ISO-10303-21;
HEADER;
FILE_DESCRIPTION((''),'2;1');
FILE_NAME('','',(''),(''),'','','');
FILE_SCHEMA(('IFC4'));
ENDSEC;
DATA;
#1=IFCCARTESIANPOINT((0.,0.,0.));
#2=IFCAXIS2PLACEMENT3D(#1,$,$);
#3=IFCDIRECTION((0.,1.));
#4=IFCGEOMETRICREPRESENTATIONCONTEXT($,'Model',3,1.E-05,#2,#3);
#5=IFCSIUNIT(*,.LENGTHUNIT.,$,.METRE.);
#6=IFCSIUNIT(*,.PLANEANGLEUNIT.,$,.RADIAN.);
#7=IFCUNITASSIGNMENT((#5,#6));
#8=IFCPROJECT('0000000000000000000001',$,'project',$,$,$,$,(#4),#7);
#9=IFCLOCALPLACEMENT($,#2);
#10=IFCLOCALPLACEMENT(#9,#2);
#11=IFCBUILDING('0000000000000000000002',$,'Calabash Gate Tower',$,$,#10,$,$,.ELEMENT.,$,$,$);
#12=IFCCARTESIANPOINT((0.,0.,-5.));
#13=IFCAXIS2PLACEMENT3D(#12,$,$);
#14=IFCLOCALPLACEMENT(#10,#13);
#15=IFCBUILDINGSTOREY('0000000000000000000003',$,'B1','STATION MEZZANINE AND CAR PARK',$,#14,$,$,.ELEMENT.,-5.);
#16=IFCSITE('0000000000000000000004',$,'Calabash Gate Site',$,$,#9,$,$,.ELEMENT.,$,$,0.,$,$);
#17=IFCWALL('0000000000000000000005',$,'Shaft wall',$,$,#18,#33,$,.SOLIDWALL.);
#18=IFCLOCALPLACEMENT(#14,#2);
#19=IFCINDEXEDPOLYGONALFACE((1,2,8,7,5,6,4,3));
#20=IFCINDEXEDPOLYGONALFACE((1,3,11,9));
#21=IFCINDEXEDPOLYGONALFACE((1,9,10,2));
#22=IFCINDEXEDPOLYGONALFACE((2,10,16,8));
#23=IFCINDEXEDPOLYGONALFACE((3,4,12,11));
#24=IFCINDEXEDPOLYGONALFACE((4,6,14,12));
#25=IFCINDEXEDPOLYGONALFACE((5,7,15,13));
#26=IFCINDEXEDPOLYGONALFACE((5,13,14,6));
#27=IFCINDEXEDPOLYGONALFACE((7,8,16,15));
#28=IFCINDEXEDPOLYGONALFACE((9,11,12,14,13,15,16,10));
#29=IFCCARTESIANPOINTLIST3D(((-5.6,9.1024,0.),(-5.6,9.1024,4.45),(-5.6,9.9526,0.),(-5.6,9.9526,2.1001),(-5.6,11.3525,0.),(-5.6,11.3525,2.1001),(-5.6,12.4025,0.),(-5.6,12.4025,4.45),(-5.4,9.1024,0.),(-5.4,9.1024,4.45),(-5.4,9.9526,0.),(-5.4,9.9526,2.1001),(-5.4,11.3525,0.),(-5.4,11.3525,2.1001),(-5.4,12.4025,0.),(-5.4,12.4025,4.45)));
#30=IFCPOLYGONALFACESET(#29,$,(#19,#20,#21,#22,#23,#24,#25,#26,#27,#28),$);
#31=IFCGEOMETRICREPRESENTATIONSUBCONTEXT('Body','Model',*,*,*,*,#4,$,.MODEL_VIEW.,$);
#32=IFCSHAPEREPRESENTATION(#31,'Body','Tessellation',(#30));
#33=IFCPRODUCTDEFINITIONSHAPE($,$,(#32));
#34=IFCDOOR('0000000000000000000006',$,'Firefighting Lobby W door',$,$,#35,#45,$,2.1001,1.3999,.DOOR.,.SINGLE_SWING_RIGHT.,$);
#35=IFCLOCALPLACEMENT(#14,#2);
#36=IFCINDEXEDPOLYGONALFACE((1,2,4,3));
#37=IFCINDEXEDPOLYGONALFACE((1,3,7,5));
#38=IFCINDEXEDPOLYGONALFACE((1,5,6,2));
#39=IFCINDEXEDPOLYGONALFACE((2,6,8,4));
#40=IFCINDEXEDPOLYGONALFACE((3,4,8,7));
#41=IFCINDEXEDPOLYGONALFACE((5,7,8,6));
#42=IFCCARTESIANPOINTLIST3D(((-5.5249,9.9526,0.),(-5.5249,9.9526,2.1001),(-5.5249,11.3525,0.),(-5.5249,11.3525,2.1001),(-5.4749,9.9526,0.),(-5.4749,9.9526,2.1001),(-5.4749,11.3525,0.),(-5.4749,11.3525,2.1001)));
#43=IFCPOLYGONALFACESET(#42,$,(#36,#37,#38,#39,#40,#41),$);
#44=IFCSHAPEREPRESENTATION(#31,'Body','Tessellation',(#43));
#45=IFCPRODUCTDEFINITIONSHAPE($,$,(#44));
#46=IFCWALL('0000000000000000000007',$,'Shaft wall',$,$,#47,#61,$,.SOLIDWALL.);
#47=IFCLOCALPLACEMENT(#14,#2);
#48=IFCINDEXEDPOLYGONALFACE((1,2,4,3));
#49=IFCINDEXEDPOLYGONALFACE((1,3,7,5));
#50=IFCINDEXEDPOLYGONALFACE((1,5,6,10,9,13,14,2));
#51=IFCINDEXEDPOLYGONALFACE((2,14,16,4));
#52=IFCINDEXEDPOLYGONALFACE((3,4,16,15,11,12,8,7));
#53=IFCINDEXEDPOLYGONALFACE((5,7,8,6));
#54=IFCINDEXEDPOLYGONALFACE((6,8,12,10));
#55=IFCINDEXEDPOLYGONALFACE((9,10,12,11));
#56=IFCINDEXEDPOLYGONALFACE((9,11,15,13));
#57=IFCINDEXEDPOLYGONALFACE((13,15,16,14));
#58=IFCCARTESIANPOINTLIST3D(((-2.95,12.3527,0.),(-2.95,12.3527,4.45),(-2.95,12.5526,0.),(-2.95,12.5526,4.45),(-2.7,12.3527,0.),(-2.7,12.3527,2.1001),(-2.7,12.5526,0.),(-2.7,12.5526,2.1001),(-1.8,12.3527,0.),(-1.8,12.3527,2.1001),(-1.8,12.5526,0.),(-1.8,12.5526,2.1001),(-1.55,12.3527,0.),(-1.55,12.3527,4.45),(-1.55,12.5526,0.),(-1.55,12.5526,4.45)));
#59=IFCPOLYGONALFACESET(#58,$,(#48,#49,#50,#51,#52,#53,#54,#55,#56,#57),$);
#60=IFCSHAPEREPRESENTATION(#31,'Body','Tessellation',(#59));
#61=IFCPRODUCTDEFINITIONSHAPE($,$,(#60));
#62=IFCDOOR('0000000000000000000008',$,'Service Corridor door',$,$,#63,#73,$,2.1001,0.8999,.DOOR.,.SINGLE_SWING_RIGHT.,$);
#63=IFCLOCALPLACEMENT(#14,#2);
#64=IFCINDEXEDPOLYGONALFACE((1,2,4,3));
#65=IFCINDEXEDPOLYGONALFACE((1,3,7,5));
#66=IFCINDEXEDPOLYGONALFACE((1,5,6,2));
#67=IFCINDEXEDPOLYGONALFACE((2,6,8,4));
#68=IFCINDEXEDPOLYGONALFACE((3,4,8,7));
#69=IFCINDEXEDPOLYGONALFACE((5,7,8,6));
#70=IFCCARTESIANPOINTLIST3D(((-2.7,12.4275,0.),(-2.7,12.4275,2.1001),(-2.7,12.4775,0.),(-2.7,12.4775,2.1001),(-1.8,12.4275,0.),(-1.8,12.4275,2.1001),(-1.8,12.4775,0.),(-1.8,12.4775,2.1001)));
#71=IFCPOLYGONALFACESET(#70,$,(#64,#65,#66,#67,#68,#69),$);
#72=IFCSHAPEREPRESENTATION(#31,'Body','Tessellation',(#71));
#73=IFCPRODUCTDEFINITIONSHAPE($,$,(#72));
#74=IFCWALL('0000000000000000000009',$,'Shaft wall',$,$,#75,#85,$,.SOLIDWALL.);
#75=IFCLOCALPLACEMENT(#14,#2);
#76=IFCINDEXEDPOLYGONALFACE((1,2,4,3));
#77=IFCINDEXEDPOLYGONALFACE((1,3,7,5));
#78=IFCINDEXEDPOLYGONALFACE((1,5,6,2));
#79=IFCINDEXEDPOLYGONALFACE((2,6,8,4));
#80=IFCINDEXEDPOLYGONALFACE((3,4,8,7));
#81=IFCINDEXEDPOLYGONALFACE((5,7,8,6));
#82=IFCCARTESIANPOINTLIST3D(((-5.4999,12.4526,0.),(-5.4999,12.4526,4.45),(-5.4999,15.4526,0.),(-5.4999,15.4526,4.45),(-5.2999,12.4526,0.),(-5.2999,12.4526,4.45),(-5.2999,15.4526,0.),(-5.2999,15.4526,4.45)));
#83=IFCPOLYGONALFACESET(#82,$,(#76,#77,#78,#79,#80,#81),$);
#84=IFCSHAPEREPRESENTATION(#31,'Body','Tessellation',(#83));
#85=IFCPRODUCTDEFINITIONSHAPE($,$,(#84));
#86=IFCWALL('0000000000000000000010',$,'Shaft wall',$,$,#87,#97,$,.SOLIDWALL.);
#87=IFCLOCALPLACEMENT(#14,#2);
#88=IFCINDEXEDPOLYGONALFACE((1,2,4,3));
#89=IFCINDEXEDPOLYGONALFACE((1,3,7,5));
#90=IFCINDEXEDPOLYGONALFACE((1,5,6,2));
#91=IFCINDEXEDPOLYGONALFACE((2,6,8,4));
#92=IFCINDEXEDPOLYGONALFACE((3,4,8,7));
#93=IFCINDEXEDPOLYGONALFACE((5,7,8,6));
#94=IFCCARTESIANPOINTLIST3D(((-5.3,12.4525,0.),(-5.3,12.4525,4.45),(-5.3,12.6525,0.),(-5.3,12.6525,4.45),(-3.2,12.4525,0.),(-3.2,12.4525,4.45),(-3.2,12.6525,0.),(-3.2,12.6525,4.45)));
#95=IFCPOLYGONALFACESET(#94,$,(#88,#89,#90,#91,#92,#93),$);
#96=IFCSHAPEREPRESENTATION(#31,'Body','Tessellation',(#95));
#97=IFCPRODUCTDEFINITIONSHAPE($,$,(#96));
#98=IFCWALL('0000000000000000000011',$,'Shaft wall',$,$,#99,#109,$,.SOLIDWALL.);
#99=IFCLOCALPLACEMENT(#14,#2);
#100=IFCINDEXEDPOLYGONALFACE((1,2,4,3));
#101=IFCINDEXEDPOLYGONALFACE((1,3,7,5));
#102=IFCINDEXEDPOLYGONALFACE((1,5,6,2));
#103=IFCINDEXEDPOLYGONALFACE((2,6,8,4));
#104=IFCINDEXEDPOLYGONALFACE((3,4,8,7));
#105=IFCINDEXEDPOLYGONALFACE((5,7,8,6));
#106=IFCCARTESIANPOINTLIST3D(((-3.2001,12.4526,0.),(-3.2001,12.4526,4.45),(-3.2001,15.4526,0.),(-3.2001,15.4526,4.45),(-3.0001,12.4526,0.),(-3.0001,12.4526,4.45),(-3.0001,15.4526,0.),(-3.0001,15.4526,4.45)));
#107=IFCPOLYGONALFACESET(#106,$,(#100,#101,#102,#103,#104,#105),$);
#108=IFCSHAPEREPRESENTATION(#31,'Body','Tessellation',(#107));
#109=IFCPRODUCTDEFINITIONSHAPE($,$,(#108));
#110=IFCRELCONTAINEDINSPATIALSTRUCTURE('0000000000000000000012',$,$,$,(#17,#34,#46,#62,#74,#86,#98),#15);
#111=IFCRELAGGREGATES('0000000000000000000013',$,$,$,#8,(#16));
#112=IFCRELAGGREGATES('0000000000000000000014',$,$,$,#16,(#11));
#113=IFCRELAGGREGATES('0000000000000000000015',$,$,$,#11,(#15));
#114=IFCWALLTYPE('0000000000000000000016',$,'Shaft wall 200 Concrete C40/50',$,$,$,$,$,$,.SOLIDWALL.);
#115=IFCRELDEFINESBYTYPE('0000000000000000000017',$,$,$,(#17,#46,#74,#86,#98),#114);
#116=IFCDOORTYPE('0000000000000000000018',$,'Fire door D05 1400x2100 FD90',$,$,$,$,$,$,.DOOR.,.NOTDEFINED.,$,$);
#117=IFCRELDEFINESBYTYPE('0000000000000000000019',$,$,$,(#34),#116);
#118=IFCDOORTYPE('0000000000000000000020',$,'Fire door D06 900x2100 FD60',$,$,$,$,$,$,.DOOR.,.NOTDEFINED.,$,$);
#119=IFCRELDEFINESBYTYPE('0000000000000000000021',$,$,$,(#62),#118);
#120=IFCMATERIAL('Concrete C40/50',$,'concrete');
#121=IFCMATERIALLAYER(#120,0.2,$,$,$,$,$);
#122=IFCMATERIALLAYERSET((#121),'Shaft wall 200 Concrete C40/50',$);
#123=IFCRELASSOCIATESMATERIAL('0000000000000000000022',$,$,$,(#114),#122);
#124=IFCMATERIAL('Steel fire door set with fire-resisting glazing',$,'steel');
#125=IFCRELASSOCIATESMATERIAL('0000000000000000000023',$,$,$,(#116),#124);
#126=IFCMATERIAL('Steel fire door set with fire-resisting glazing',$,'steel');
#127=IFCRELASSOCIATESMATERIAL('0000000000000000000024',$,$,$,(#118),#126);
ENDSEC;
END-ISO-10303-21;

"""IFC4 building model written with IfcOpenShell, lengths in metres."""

from ifc_helpers import new_model, si_unit, direction, frame, frame_2d, origin, place, context, subcontext, project, spatial, rectangle, extrude, material, layer, layer_set, type_object, element, fill, save


model = new_model("IFC4")

# Units and contexts
model_context = context("Model", 3, precision=1e-05, world=origin(), true_north=direction((0.0, 1.0)))
body_context = subcontext(model_context, "Body", "Model", "MODEL_VIEW")
ifc_project = project(units=[si_unit("LENGTHUNIT", "METRE"), si_unit("PLANEANGLEUNIT", "RADIAN")], contexts=[model_context])

# Site, building, storey
site_placement = place(None, origin())
site = spatial("IfcSite", under=ifc_project, at=site_placement, Name="Calabash Gate Site", CompositionType="ELEMENT", RefElevation=0.0)
building_placement = place(site_placement, origin())
building = spatial("IfcBuilding", under=site, at=building_placement, Name="Calabash Gate Tower", CompositionType="ELEMENT")
storey_placement = place(building_placement, frame((0.0, 0.0, -5.0)))
storey = spatial("IfcBuildingStorey", under=building, at=storey_placement, Name="B1", Description="STATION MEZZANINE AND CAR PARK", CompositionType="ELEMENT", Elevation=-5.0)

# Shared definitions
ifc_material_1 = material(Name="Concrete C40/50", Category="concrete")
ifc_layer_1 = layer(ifc_material_1, 0.2)
ifc_layer_set_1 = layer_set([ifc_layer_1], Name="Shaft wall 200 Concrete C40/50")
wall_type = type_object("IfcWallType", Name="Shaft wall 200 Concrete C40/50", PredefinedType="SOLIDWALL", material=ifc_layer_set_1)

# Walls, openings, doors
wall_1_placement = place(storey_placement, frame((-5.5, 9.1025, 0.0), z_axis=(0.0, 0.0, 1.0), x_axis=(0.0, 1.0, 0.0)))
wall_1 = element("IfcWall", 1, at=wall_1_placement, inside=storey, type_object=wall_type, Name="Shaft wall", PredefinedType="SOLIDWALL", context=body_context, shape_type="SweptSolid", body=[
    extrude(rectangle(XDim=3.3, YDim=0.2, at=frame_2d((1.6499, 0.0))), origin(), (0.0, 0.0, 1.0), 4.45),
])
opening_1_placement = place(wall_1_placement, frame((0.8501, 0.0, 0.0)))
opening_1 = element("IfcOpeningElement", 2, at=opening_1_placement, cuts=wall_1, PredefinedType="OPENING", context=body_context, shape_type="SweptSolid", body=[
    extrude(rectangle(XDim=1.3999, YDim=2.1001, at=frame_2d((0.7, 1.05))), frame((0.0, 0.1099, 0.0), z_axis=(0.0, -1.0, 0.0), x_axis=(1.0, 0.0, 0.0)), (0.0, 0.0, 1.0), 0.22),
])
ifc_material_2 = material(Name="Steel fire door set with fire-resisting glazing", Category="steel")
door_type_1 = type_object("IfcDoorType", Name="Fire door D05 1400x2100 FD90", OperationType="NOTDEFINED", PredefinedType="DOOR", material=ifc_material_2)
door_1_placement = place(opening_1_placement, origin())
door_1 = element("IfcDoor", 3, at=door_1_placement, inside=storey, type_object=door_type_1, Name="Firefighting Lobby W door", OperationType="SINGLE_SWING_RIGHT", OverallHeight=2.1001, OverallWidth=1.3999, PredefinedType="DOOR", context=body_context, shape_type="SweptSolid", body=[
    extrude(rectangle(XDim=1.3999, YDim=2.1001, at=frame_2d((0.7, 1.05))), frame((0.0, 0.0249, 0.0), z_axis=(0.0, -1.0, 0.0), x_axis=(1.0, 0.0, 0.0)), (0.0, 0.0, 1.0), 0.05),
])
fill(opening_1, door_1)
wall_2_placement = place(storey_placement, frame((-2.95, 12.4526, 0.0), z_axis=(0.0, 0.0, 1.0), x_axis=(1.0, 0.0, 0.0)))
wall_2 = element("IfcWall", 4, at=wall_2_placement, inside=storey, type_object=wall_type, Name="Shaft wall", PredefinedType="SOLIDWALL", context=body_context, shape_type="SweptSolid", body=[
    extrude(rectangle(XDim=1.3999, YDim=0.2, at=frame_2d((0.7, 0.0))), origin(), (0.0, 0.0, 1.0), 4.45),
])
opening_2_placement = place(wall_2_placement, frame((0.25, 0.0, 0.0)))
opening_2 = element("IfcOpeningElement", 5, at=opening_2_placement, cuts=wall_2, PredefinedType="OPENING", context=body_context, shape_type="SweptSolid", body=[
    extrude(rectangle(XDim=0.8999, YDim=2.1001, at=frame_2d((0.45, 1.05))), frame((0.0, 0.1099, 0.0), z_axis=(0.0, -1.0, 0.0), x_axis=(1.0, 0.0, 0.0)), (0.0, 0.0, 1.0), 0.22),
])
ifc_material_3 = material(Name="Steel fire door set with fire-resisting glazing", Category="steel")
door_type_2 = type_object("IfcDoorType", Name="Fire door D06 900x2100 FD60", OperationType="NOTDEFINED", PredefinedType="DOOR", material=ifc_material_3)
door_2_placement = place(opening_2_placement, origin())
door_2 = element("IfcDoor", 6, at=door_2_placement, inside=storey, type_object=door_type_2, Name="Service Corridor door", OperationType="SINGLE_SWING_RIGHT", OverallHeight=2.1001, OverallWidth=0.8999, PredefinedType="DOOR", context=body_context, shape_type="SweptSolid", body=[
    extrude(rectangle(XDim=0.8999, YDim=2.1001, at=frame_2d((0.45, 1.05))), frame((0.0, 0.0249, 0.0), z_axis=(0.0, -1.0, 0.0), x_axis=(1.0, 0.0, 0.0)), (0.0, 0.0, 1.0), 0.05),
])
fill(opening_2, door_2)

# Walls
wall_3_placement = place(storey_placement, frame((-5.3999, 12.4526, 0.0), z_axis=(0.0, 0.0, 1.0), x_axis=(0.0, 1.0, 0.0)))
element("IfcWall", 7, at=wall_3_placement, inside=storey, type_object=wall_type, Name="Shaft wall", PredefinedType="SOLIDWALL", context=body_context, shape_type="SweptSolid", body=[
    extrude(rectangle(XDim=3.0, YDim=0.2, at=frame_2d((1.5, 0.0))), origin(), (0.0, 0.0, 1.0), 4.45),
])
wall_4_placement = place(storey_placement, frame((-5.3, 12.5525, 0.0), z_axis=(0.0, 0.0, 1.0), x_axis=(1.0, 0.0, 0.0)))
element("IfcWall", 8, at=wall_4_placement, inside=storey, type_object=wall_type, Name="Shaft wall", PredefinedType="SOLIDWALL", context=body_context, shape_type="SweptSolid", body=[
    extrude(rectangle(XDim=2.1001, YDim=0.2, at=frame_2d((1.05, 0.0))), origin(), (0.0, 0.0, 1.0), 4.45),
])
wall_5_placement = place(storey_placement, frame((-3.1001, 12.4526, 0.0), z_axis=(0.0, 0.0, 1.0), x_axis=(0.0, 1.0, 0.0)))
element("IfcWall", 9, at=wall_5_placement, inside=storey, type_object=wall_type, Name="Shaft wall", PredefinedType="SOLIDWALL", context=body_context, shape_type="SweptSolid", body=[
    extrude(rectangle(XDim=3.0, YDim=0.2, at=frame_2d((1.5, 0.0))), origin(), (0.0, 0.0, 1.0), 4.45),
])

save(model, "model.ifc")
